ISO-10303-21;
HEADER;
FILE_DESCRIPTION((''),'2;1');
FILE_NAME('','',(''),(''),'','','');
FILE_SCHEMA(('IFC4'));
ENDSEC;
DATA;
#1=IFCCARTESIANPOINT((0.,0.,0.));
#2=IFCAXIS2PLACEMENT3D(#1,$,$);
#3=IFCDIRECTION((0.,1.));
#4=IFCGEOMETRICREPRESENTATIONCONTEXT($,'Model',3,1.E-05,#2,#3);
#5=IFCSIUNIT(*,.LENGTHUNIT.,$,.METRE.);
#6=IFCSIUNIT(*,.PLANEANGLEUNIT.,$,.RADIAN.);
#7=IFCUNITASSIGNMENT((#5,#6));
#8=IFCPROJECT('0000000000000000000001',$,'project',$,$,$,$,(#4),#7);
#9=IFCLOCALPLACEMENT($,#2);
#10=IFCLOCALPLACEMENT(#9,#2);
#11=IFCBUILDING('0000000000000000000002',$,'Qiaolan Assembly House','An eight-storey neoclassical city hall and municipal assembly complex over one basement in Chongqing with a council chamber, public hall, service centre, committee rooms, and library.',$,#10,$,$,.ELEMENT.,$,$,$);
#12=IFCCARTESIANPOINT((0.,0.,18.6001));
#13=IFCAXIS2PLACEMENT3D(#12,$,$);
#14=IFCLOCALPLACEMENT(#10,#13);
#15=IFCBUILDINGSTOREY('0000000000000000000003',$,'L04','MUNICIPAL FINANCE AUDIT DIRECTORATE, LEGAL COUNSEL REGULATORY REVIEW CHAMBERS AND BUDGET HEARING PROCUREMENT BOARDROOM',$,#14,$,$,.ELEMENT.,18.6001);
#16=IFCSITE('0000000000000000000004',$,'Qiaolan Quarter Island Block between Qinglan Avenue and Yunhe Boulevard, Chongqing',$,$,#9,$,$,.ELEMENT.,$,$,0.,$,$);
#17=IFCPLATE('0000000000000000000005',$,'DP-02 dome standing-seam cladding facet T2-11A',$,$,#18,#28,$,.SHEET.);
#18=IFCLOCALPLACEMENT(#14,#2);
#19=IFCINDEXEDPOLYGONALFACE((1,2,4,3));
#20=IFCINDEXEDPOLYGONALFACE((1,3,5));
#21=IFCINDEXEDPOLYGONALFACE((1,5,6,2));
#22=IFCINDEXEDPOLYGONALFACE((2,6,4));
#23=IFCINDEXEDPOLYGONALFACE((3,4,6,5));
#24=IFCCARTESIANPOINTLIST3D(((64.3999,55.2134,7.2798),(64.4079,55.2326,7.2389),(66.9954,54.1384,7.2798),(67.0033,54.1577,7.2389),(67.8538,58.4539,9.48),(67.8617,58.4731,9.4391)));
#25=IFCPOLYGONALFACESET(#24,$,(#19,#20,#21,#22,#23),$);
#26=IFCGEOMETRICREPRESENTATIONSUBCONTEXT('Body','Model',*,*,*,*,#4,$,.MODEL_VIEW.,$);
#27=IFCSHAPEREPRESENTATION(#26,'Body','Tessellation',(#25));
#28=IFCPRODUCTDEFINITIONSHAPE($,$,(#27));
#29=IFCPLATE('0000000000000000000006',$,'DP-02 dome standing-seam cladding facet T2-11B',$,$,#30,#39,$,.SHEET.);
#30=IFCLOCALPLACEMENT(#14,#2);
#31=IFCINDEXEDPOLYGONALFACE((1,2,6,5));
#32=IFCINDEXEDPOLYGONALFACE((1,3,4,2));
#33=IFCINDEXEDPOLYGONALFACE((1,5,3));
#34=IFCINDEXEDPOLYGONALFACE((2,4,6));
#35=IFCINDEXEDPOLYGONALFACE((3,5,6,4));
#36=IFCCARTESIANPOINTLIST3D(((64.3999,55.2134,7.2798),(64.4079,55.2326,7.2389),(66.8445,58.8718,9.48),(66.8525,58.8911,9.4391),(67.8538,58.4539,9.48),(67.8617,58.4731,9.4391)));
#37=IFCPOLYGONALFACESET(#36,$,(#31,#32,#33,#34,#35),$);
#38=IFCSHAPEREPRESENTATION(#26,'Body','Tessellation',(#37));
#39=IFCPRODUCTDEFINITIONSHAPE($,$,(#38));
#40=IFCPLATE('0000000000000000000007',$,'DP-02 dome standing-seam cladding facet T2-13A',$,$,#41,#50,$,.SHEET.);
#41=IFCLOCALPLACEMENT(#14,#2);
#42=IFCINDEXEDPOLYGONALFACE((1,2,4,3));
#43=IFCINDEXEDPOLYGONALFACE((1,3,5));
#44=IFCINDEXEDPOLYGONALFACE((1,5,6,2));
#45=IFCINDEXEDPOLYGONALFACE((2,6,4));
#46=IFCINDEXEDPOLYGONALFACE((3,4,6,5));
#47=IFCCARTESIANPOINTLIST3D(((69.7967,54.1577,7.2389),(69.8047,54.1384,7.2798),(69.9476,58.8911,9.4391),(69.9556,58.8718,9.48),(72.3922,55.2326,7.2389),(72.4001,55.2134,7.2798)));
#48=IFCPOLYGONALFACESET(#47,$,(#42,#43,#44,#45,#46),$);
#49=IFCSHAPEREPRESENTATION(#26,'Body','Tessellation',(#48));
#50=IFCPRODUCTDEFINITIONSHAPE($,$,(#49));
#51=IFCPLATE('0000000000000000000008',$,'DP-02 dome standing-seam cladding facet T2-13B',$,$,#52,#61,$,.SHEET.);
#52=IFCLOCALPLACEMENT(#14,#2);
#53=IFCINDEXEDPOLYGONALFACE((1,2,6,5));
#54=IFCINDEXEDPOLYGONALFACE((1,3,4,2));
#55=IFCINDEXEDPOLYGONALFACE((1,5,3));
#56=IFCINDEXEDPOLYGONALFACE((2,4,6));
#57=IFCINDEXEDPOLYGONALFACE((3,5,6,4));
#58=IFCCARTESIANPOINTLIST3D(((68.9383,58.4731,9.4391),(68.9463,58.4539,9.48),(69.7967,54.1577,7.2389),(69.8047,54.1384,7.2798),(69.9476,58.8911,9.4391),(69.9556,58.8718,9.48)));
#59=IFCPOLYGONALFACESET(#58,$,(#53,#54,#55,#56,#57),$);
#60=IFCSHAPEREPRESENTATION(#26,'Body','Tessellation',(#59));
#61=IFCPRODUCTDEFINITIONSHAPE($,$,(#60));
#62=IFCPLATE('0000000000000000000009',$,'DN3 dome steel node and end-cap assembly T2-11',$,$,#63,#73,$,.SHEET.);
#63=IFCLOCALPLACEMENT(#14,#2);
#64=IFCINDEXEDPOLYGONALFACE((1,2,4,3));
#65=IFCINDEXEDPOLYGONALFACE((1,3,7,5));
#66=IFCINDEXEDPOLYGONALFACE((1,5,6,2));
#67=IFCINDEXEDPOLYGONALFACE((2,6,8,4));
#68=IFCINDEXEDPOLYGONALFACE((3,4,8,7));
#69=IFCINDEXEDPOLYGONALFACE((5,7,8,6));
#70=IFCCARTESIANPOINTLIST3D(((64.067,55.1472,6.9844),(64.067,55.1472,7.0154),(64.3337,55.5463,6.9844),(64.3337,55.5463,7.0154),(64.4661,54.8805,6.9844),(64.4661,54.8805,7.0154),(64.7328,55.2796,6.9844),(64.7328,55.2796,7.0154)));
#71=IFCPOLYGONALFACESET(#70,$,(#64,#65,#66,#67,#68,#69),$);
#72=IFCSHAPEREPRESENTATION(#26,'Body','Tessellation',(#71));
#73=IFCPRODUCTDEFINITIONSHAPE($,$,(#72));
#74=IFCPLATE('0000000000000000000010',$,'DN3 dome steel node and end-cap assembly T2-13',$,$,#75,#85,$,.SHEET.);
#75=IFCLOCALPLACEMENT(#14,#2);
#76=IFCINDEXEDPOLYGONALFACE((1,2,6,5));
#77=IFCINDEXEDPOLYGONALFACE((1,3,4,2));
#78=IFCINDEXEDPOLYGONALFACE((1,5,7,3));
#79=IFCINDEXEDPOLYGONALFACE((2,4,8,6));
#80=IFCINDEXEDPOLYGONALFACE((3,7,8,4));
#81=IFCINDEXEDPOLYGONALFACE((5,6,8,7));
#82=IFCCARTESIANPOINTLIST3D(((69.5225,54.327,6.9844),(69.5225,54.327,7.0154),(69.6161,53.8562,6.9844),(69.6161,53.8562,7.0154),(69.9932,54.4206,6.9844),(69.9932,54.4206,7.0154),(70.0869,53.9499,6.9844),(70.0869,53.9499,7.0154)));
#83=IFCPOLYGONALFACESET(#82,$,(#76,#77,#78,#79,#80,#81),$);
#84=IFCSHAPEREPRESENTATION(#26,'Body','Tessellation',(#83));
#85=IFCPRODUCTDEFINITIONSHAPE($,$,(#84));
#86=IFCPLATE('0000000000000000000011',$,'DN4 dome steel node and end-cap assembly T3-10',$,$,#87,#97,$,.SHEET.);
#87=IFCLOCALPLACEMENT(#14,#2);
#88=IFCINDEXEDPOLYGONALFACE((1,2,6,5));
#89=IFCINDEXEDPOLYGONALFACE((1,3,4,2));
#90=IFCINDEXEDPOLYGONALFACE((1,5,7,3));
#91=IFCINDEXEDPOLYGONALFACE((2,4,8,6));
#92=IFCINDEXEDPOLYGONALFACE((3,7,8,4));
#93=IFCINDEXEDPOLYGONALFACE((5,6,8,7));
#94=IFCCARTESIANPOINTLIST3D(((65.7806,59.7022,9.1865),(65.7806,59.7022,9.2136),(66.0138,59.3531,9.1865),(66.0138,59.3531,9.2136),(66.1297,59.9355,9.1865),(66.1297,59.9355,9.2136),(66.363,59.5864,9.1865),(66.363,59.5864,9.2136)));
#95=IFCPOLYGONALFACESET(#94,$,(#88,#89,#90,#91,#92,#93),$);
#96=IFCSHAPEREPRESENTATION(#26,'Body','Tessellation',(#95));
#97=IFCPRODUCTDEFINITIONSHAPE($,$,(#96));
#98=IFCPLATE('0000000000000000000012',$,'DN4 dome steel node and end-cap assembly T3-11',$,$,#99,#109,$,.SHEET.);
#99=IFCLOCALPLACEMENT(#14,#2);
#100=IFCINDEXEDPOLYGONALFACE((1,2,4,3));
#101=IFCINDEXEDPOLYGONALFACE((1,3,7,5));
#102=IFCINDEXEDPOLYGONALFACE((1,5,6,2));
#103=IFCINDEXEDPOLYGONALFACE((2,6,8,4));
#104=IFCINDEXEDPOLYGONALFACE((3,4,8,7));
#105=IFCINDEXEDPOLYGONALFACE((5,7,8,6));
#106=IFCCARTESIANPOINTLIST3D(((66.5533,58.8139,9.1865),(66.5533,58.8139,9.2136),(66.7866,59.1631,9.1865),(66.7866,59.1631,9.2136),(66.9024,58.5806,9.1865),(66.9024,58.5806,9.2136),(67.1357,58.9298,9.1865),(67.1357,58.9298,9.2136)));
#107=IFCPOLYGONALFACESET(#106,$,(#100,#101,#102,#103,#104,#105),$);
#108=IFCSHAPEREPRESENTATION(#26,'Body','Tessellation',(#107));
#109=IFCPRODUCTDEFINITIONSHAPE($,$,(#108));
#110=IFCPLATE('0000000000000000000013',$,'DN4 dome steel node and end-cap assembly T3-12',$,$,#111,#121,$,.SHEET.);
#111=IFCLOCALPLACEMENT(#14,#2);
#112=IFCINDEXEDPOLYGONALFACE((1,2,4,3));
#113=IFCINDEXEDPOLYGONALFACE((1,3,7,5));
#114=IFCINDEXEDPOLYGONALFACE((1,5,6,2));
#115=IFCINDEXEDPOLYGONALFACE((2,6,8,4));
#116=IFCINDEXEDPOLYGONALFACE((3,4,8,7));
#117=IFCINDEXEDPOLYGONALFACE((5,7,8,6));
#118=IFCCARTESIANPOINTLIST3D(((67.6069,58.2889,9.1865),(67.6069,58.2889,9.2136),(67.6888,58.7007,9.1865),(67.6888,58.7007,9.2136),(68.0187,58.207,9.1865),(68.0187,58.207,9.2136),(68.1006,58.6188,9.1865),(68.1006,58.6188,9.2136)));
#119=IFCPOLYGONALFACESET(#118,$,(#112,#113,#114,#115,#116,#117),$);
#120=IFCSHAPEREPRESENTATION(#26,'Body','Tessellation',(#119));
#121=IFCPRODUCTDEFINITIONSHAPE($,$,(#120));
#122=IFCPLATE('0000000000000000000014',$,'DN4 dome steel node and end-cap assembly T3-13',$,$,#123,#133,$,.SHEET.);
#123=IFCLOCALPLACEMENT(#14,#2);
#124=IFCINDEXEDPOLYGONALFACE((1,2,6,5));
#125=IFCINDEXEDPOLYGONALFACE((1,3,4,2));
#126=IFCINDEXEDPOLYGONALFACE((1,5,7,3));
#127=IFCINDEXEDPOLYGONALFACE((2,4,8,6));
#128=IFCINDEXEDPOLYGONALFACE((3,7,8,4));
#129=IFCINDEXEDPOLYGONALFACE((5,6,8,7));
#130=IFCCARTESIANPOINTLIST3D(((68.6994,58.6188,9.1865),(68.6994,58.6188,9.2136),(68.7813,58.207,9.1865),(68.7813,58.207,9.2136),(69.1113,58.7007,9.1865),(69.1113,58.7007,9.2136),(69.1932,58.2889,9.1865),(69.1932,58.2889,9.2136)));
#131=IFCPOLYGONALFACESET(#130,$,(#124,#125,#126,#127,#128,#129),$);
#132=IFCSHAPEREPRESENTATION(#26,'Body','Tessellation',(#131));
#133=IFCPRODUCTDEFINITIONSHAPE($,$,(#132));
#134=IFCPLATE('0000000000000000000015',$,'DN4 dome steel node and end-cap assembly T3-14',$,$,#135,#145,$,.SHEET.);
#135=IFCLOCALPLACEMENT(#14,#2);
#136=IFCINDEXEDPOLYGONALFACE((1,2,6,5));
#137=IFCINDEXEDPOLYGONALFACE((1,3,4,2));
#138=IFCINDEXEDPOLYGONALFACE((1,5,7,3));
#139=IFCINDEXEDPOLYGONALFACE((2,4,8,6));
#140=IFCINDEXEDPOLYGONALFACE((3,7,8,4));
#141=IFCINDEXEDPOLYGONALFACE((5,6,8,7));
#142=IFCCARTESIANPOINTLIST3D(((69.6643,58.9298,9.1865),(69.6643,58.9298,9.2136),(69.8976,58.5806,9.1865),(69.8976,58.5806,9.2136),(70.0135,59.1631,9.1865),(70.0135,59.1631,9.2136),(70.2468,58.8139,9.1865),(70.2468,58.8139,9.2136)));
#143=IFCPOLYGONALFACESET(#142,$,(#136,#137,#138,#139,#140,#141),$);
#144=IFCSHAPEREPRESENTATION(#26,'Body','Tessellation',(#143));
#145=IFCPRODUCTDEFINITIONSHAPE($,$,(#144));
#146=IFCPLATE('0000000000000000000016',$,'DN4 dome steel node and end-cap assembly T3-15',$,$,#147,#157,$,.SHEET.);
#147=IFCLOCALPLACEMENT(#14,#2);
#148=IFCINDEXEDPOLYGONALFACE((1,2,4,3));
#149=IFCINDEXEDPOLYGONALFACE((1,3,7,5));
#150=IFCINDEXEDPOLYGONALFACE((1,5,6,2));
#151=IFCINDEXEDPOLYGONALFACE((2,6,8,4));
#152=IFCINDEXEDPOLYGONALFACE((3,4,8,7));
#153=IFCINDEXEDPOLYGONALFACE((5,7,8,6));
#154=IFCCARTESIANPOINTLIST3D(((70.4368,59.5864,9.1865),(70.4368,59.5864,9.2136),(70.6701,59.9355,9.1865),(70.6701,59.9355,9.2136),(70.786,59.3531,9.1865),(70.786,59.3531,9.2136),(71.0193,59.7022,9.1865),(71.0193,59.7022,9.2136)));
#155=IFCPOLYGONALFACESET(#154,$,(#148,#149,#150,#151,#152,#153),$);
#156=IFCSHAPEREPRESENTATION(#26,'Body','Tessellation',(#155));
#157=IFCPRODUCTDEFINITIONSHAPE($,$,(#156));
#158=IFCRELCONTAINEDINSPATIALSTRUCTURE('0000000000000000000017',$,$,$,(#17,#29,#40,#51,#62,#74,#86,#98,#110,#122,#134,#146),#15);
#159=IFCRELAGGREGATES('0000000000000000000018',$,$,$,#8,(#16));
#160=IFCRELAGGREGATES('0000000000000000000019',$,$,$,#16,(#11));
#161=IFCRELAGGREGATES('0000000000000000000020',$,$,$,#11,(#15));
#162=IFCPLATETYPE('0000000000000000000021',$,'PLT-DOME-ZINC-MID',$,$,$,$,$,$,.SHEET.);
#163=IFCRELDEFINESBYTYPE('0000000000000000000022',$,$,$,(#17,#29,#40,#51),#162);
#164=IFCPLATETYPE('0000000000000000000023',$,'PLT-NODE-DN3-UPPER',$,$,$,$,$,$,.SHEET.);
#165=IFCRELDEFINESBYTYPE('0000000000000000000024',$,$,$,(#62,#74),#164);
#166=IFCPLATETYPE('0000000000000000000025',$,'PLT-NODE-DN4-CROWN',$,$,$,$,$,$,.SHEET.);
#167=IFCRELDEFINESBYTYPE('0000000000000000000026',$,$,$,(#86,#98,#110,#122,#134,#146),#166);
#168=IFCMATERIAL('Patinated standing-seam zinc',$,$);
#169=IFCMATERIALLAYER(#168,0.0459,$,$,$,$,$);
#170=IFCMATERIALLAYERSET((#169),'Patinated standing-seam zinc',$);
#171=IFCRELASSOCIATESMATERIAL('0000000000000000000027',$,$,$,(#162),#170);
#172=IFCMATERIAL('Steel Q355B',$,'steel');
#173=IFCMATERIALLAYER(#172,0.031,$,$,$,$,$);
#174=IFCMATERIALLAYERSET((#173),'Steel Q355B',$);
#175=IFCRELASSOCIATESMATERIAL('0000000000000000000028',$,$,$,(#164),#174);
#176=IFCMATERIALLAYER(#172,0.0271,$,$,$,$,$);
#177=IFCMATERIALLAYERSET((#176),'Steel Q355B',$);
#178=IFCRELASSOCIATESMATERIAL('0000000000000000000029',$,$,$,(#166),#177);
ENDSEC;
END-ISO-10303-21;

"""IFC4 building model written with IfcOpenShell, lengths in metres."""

from ifc_helpers import new_model, si_unit, direction, frame, origin, origin_2d, place, context, subcontext, project, spatial, polyline, rectangle, outline, extrude, material, layer, layer_set, type_object, element, save


model = new_model("IFC4")

# Units and contexts
model_context = context("Model", 3, precision=1e-05, world=origin(), true_north=direction((0.0, 1.0)))
body_context = subcontext(model_context, "Body", "Model", "MODEL_VIEW")
ifc_project = project(units=[si_unit("LENGTHUNIT", "METRE"), si_unit("PLANEANGLEUNIT", "RADIAN")], contexts=[model_context])

# Site, building, storey
site_placement = place(None, origin())
site = spatial("IfcSite", under=ifc_project, at=site_placement, Name="Qiaolan Quarter Island Block between Qinglan Avenue and Yunhe Boulevard, Chongqing", CompositionType="ELEMENT", RefElevation=0.0)
building_placement = place(site_placement, origin())
building = spatial("IfcBuilding", under=site, at=building_placement, Name="Qiaolan Assembly House", Description="An eight-storey neoclassical city hall and municipal assembly complex over one basement in Chongqing with a council chamber, public hall, service centre, committee rooms, and library.", CompositionType="ELEMENT")
storey_placement = place(building_placement, frame((0.0, 0.0, 18.6001)))
storey = spatial("IfcBuildingStorey", under=building, at=storey_placement, Name="L04", Description="MUNICIPAL FINANCE AUDIT DIRECTORATE, LEGAL COUNSEL REGULATORY REVIEW CHAMBERS AND BUDGET HEARING PROCUREMENT BOARDROOM", CompositionType="ELEMENT", Elevation=18.6001)

# Shared definitions
ifc_material_1 = material(Name="Steel Q355B", Category="steel")

# Plates
ifc_material_2 = material(Name="Patinated standing-seam zinc")
ifc_layer_1 = layer(ifc_material_2, 0.0459)
ifc_layer_set_1 = layer_set([ifc_layer_1], Name="Patinated standing-seam zinc")
plate_type_1 = type_object("IfcPlateType", Name="PLT-DOME-ZINC-MID", PredefinedType="SHEET", material=ifc_layer_set_1)
plate_1_placement = place(storey_placement, frame((64.3999, 55.2134, 7.2798), z_axis=(-0.173803, -0.419645, 0.890893), x_axis=(0.923895, -0.382646, 0.0)))
element("IfcPlate", 1, at=plate_1_placement, inside=storey, type_object=plate_type_1, Name="DP-02 dome standing-seam cladding facet T2-11A", PredefinedType="SHEET", context=body_context, shape_type="SweptSolid", body=[
    extrude(outline(polyline([(0.0, 0.0), (2.8093, 0.0), (1.951, 4.844), (0.0, 0.0)])), origin(), (0.0, 0.0, -1.0), 0.0459),
])
plate_2_placement = place(storey_placement, frame((64.3999, 55.2134, 7.2798), z_axis=(-0.173791, -0.419656, 0.890891), x_axis=(0.661388, 0.620528, 0.421321)))
element("IfcPlate", 2, at=plate_2_placement, inside=storey, type_object=plate_type_1, Name="DP-02 dome standing-seam cladding facet T2-11B", PredefinedType="SHEET", context=body_context, shape_type="SweptSolid", body=[
    extrude(outline(polyline([(0.0, 0.0), (5.2221, 0.0), (4.814, 1.0133), (0.0, 0.0)])), origin(), (0.0, 0.0, -1.0), 0.0459),
])
plate_3_placement = place(storey_placement, frame((69.8047, 54.1384, 7.2798), z_axis=(0.173804, -0.419648, 0.890892), x_axis=(0.923895, 0.382646, 0.0)))
element("IfcPlate", 3, at=plate_3_placement, inside=storey, type_object=plate_type_1, Name="DP-02 dome standing-seam cladding facet T2-13A", PredefinedType="SHEET", context=body_context, shape_type="SweptSolid", body=[
    extrude(outline(polyline([(0.0, 0.0), (2.8093, 0.0), (1.9506, 4.8439), (0.0, 0.0)])), origin(), (0.0, 0.0, -1.0), 0.0459),
])
plate_4_placement = place(storey_placement, frame((69.8047, 54.1384, 7.2798), z_axis=(0.173788, -0.419648, 0.890895), x_axis=(0.028893, 0.906444, 0.421337)))
element("IfcPlate", 4, at=plate_4_placement, inside=storey, type_object=plate_type_1, Name="DP-02 dome standing-seam cladding facet T2-13B", PredefinedType="SHEET", context=body_context, shape_type="SweptSolid", body=[
    extrude(outline(polyline([(0.0, 0.0), (5.2219, 0.0), (4.8139, 1.0133), (0.0, 0.0)])), origin(), (0.0, 0.0, -1.0), 0.0459),
])
ifc_layer_2 = layer(ifc_material_1, 0.031)
ifc_layer_set_2 = layer_set([ifc_layer_2], Name="Steel Q355B")
plate_type_2 = type_object("IfcPlateType", Name="PLT-NODE-DN3-UPPER", PredefinedType="SHEET", material=ifc_layer_set_2)
for number, where, z_axis, x_axis, name in (
    (5, (64.3999, 55.2134, 6.9844), (0.0, 0.0, 1.0), (-0.55557, -0.83147, 0.0), "DN3 dome steel node and end-cap assembly T2-11"),
    (6, (69.8047, 54.1384, 6.9844), (0.0, 0.0, 1.0), (0.19509, -0.980785, 0.0), "DN3 dome steel node and end-cap assembly T2-13"),
):
    element("IfcPlate", number, at=place(storey_placement, frame(where, z_axis=z_axis, x_axis=x_axis)), inside=storey, type_object=plate_type_2, Name=name, PredefinedType="SHEET", context=body_context, shape_type="SweptSolid", body=[
        extrude(rectangle(XDim=0.48, YDim=0.48, at=origin_2d()), origin(), (0.0, 0.0, 1.0), 0.031),
    ])
ifc_layer_3 = layer(ifc_material_1, 0.0271)
ifc_layer_set_3 = layer_set([ifc_layer_3], Name="Steel Q355B")
plate_type_3 = type_object("IfcPlateType", Name="PLT-NODE-DN4-CROWN", PredefinedType="SHEET", material=ifc_layer_set_3)
for number, where, z_axis, x_axis, name in (
    (7, (66.0718, 59.6443, 9.1865), (0.0, 0.0, 1.0), (-0.83147, -0.55557, 0.0), "DN4 dome steel node and end-cap assembly T3-10"),
    (8, (66.8445, 58.8718, 9.1865), (0.0, 0.0, 1.0), (-0.55557, -0.83147, 0.0), "DN4 dome steel node and end-cap assembly T3-11"),
    (9, (67.8538, 58.4539, 9.1865), (0.0, 0.0, 1.0), (-0.19509, -0.980785, 0.0), "DN4 dome steel node and end-cap assembly T3-12"),
    (10, (68.9463, 58.4539, 9.1865), (0.0, 0.0, 1.0), (0.19509, -0.980785, 0.0), "DN4 dome steel node and end-cap assembly T3-13"),
    (11, (69.9556, 58.8718, 9.1865), (0.0, 0.0, 1.0), (0.55557, -0.83147, 0.0), "DN4 dome steel node and end-cap assembly T3-14"),
    (12, (70.728, 59.6443, 9.1865), (0.0, 0.0, 1.0), (0.83147, -0.55557, 0.0), "DN4 dome steel node and end-cap assembly T3-15"),
):
    element("IfcPlate", number, at=place(storey_placement, frame(where, z_axis=z_axis, x_axis=x_axis)), inside=storey, type_object=plate_type_3, Name=name, PredefinedType="SHEET", context=body_context, shape_type="SweptSolid", body=[
        extrude(rectangle(XDim=0.4199, YDim=0.4199, at=origin_2d()), origin(), (0.0, 0.0, 1.0), 0.0271),
    ])

save(model, "model.ifc")
